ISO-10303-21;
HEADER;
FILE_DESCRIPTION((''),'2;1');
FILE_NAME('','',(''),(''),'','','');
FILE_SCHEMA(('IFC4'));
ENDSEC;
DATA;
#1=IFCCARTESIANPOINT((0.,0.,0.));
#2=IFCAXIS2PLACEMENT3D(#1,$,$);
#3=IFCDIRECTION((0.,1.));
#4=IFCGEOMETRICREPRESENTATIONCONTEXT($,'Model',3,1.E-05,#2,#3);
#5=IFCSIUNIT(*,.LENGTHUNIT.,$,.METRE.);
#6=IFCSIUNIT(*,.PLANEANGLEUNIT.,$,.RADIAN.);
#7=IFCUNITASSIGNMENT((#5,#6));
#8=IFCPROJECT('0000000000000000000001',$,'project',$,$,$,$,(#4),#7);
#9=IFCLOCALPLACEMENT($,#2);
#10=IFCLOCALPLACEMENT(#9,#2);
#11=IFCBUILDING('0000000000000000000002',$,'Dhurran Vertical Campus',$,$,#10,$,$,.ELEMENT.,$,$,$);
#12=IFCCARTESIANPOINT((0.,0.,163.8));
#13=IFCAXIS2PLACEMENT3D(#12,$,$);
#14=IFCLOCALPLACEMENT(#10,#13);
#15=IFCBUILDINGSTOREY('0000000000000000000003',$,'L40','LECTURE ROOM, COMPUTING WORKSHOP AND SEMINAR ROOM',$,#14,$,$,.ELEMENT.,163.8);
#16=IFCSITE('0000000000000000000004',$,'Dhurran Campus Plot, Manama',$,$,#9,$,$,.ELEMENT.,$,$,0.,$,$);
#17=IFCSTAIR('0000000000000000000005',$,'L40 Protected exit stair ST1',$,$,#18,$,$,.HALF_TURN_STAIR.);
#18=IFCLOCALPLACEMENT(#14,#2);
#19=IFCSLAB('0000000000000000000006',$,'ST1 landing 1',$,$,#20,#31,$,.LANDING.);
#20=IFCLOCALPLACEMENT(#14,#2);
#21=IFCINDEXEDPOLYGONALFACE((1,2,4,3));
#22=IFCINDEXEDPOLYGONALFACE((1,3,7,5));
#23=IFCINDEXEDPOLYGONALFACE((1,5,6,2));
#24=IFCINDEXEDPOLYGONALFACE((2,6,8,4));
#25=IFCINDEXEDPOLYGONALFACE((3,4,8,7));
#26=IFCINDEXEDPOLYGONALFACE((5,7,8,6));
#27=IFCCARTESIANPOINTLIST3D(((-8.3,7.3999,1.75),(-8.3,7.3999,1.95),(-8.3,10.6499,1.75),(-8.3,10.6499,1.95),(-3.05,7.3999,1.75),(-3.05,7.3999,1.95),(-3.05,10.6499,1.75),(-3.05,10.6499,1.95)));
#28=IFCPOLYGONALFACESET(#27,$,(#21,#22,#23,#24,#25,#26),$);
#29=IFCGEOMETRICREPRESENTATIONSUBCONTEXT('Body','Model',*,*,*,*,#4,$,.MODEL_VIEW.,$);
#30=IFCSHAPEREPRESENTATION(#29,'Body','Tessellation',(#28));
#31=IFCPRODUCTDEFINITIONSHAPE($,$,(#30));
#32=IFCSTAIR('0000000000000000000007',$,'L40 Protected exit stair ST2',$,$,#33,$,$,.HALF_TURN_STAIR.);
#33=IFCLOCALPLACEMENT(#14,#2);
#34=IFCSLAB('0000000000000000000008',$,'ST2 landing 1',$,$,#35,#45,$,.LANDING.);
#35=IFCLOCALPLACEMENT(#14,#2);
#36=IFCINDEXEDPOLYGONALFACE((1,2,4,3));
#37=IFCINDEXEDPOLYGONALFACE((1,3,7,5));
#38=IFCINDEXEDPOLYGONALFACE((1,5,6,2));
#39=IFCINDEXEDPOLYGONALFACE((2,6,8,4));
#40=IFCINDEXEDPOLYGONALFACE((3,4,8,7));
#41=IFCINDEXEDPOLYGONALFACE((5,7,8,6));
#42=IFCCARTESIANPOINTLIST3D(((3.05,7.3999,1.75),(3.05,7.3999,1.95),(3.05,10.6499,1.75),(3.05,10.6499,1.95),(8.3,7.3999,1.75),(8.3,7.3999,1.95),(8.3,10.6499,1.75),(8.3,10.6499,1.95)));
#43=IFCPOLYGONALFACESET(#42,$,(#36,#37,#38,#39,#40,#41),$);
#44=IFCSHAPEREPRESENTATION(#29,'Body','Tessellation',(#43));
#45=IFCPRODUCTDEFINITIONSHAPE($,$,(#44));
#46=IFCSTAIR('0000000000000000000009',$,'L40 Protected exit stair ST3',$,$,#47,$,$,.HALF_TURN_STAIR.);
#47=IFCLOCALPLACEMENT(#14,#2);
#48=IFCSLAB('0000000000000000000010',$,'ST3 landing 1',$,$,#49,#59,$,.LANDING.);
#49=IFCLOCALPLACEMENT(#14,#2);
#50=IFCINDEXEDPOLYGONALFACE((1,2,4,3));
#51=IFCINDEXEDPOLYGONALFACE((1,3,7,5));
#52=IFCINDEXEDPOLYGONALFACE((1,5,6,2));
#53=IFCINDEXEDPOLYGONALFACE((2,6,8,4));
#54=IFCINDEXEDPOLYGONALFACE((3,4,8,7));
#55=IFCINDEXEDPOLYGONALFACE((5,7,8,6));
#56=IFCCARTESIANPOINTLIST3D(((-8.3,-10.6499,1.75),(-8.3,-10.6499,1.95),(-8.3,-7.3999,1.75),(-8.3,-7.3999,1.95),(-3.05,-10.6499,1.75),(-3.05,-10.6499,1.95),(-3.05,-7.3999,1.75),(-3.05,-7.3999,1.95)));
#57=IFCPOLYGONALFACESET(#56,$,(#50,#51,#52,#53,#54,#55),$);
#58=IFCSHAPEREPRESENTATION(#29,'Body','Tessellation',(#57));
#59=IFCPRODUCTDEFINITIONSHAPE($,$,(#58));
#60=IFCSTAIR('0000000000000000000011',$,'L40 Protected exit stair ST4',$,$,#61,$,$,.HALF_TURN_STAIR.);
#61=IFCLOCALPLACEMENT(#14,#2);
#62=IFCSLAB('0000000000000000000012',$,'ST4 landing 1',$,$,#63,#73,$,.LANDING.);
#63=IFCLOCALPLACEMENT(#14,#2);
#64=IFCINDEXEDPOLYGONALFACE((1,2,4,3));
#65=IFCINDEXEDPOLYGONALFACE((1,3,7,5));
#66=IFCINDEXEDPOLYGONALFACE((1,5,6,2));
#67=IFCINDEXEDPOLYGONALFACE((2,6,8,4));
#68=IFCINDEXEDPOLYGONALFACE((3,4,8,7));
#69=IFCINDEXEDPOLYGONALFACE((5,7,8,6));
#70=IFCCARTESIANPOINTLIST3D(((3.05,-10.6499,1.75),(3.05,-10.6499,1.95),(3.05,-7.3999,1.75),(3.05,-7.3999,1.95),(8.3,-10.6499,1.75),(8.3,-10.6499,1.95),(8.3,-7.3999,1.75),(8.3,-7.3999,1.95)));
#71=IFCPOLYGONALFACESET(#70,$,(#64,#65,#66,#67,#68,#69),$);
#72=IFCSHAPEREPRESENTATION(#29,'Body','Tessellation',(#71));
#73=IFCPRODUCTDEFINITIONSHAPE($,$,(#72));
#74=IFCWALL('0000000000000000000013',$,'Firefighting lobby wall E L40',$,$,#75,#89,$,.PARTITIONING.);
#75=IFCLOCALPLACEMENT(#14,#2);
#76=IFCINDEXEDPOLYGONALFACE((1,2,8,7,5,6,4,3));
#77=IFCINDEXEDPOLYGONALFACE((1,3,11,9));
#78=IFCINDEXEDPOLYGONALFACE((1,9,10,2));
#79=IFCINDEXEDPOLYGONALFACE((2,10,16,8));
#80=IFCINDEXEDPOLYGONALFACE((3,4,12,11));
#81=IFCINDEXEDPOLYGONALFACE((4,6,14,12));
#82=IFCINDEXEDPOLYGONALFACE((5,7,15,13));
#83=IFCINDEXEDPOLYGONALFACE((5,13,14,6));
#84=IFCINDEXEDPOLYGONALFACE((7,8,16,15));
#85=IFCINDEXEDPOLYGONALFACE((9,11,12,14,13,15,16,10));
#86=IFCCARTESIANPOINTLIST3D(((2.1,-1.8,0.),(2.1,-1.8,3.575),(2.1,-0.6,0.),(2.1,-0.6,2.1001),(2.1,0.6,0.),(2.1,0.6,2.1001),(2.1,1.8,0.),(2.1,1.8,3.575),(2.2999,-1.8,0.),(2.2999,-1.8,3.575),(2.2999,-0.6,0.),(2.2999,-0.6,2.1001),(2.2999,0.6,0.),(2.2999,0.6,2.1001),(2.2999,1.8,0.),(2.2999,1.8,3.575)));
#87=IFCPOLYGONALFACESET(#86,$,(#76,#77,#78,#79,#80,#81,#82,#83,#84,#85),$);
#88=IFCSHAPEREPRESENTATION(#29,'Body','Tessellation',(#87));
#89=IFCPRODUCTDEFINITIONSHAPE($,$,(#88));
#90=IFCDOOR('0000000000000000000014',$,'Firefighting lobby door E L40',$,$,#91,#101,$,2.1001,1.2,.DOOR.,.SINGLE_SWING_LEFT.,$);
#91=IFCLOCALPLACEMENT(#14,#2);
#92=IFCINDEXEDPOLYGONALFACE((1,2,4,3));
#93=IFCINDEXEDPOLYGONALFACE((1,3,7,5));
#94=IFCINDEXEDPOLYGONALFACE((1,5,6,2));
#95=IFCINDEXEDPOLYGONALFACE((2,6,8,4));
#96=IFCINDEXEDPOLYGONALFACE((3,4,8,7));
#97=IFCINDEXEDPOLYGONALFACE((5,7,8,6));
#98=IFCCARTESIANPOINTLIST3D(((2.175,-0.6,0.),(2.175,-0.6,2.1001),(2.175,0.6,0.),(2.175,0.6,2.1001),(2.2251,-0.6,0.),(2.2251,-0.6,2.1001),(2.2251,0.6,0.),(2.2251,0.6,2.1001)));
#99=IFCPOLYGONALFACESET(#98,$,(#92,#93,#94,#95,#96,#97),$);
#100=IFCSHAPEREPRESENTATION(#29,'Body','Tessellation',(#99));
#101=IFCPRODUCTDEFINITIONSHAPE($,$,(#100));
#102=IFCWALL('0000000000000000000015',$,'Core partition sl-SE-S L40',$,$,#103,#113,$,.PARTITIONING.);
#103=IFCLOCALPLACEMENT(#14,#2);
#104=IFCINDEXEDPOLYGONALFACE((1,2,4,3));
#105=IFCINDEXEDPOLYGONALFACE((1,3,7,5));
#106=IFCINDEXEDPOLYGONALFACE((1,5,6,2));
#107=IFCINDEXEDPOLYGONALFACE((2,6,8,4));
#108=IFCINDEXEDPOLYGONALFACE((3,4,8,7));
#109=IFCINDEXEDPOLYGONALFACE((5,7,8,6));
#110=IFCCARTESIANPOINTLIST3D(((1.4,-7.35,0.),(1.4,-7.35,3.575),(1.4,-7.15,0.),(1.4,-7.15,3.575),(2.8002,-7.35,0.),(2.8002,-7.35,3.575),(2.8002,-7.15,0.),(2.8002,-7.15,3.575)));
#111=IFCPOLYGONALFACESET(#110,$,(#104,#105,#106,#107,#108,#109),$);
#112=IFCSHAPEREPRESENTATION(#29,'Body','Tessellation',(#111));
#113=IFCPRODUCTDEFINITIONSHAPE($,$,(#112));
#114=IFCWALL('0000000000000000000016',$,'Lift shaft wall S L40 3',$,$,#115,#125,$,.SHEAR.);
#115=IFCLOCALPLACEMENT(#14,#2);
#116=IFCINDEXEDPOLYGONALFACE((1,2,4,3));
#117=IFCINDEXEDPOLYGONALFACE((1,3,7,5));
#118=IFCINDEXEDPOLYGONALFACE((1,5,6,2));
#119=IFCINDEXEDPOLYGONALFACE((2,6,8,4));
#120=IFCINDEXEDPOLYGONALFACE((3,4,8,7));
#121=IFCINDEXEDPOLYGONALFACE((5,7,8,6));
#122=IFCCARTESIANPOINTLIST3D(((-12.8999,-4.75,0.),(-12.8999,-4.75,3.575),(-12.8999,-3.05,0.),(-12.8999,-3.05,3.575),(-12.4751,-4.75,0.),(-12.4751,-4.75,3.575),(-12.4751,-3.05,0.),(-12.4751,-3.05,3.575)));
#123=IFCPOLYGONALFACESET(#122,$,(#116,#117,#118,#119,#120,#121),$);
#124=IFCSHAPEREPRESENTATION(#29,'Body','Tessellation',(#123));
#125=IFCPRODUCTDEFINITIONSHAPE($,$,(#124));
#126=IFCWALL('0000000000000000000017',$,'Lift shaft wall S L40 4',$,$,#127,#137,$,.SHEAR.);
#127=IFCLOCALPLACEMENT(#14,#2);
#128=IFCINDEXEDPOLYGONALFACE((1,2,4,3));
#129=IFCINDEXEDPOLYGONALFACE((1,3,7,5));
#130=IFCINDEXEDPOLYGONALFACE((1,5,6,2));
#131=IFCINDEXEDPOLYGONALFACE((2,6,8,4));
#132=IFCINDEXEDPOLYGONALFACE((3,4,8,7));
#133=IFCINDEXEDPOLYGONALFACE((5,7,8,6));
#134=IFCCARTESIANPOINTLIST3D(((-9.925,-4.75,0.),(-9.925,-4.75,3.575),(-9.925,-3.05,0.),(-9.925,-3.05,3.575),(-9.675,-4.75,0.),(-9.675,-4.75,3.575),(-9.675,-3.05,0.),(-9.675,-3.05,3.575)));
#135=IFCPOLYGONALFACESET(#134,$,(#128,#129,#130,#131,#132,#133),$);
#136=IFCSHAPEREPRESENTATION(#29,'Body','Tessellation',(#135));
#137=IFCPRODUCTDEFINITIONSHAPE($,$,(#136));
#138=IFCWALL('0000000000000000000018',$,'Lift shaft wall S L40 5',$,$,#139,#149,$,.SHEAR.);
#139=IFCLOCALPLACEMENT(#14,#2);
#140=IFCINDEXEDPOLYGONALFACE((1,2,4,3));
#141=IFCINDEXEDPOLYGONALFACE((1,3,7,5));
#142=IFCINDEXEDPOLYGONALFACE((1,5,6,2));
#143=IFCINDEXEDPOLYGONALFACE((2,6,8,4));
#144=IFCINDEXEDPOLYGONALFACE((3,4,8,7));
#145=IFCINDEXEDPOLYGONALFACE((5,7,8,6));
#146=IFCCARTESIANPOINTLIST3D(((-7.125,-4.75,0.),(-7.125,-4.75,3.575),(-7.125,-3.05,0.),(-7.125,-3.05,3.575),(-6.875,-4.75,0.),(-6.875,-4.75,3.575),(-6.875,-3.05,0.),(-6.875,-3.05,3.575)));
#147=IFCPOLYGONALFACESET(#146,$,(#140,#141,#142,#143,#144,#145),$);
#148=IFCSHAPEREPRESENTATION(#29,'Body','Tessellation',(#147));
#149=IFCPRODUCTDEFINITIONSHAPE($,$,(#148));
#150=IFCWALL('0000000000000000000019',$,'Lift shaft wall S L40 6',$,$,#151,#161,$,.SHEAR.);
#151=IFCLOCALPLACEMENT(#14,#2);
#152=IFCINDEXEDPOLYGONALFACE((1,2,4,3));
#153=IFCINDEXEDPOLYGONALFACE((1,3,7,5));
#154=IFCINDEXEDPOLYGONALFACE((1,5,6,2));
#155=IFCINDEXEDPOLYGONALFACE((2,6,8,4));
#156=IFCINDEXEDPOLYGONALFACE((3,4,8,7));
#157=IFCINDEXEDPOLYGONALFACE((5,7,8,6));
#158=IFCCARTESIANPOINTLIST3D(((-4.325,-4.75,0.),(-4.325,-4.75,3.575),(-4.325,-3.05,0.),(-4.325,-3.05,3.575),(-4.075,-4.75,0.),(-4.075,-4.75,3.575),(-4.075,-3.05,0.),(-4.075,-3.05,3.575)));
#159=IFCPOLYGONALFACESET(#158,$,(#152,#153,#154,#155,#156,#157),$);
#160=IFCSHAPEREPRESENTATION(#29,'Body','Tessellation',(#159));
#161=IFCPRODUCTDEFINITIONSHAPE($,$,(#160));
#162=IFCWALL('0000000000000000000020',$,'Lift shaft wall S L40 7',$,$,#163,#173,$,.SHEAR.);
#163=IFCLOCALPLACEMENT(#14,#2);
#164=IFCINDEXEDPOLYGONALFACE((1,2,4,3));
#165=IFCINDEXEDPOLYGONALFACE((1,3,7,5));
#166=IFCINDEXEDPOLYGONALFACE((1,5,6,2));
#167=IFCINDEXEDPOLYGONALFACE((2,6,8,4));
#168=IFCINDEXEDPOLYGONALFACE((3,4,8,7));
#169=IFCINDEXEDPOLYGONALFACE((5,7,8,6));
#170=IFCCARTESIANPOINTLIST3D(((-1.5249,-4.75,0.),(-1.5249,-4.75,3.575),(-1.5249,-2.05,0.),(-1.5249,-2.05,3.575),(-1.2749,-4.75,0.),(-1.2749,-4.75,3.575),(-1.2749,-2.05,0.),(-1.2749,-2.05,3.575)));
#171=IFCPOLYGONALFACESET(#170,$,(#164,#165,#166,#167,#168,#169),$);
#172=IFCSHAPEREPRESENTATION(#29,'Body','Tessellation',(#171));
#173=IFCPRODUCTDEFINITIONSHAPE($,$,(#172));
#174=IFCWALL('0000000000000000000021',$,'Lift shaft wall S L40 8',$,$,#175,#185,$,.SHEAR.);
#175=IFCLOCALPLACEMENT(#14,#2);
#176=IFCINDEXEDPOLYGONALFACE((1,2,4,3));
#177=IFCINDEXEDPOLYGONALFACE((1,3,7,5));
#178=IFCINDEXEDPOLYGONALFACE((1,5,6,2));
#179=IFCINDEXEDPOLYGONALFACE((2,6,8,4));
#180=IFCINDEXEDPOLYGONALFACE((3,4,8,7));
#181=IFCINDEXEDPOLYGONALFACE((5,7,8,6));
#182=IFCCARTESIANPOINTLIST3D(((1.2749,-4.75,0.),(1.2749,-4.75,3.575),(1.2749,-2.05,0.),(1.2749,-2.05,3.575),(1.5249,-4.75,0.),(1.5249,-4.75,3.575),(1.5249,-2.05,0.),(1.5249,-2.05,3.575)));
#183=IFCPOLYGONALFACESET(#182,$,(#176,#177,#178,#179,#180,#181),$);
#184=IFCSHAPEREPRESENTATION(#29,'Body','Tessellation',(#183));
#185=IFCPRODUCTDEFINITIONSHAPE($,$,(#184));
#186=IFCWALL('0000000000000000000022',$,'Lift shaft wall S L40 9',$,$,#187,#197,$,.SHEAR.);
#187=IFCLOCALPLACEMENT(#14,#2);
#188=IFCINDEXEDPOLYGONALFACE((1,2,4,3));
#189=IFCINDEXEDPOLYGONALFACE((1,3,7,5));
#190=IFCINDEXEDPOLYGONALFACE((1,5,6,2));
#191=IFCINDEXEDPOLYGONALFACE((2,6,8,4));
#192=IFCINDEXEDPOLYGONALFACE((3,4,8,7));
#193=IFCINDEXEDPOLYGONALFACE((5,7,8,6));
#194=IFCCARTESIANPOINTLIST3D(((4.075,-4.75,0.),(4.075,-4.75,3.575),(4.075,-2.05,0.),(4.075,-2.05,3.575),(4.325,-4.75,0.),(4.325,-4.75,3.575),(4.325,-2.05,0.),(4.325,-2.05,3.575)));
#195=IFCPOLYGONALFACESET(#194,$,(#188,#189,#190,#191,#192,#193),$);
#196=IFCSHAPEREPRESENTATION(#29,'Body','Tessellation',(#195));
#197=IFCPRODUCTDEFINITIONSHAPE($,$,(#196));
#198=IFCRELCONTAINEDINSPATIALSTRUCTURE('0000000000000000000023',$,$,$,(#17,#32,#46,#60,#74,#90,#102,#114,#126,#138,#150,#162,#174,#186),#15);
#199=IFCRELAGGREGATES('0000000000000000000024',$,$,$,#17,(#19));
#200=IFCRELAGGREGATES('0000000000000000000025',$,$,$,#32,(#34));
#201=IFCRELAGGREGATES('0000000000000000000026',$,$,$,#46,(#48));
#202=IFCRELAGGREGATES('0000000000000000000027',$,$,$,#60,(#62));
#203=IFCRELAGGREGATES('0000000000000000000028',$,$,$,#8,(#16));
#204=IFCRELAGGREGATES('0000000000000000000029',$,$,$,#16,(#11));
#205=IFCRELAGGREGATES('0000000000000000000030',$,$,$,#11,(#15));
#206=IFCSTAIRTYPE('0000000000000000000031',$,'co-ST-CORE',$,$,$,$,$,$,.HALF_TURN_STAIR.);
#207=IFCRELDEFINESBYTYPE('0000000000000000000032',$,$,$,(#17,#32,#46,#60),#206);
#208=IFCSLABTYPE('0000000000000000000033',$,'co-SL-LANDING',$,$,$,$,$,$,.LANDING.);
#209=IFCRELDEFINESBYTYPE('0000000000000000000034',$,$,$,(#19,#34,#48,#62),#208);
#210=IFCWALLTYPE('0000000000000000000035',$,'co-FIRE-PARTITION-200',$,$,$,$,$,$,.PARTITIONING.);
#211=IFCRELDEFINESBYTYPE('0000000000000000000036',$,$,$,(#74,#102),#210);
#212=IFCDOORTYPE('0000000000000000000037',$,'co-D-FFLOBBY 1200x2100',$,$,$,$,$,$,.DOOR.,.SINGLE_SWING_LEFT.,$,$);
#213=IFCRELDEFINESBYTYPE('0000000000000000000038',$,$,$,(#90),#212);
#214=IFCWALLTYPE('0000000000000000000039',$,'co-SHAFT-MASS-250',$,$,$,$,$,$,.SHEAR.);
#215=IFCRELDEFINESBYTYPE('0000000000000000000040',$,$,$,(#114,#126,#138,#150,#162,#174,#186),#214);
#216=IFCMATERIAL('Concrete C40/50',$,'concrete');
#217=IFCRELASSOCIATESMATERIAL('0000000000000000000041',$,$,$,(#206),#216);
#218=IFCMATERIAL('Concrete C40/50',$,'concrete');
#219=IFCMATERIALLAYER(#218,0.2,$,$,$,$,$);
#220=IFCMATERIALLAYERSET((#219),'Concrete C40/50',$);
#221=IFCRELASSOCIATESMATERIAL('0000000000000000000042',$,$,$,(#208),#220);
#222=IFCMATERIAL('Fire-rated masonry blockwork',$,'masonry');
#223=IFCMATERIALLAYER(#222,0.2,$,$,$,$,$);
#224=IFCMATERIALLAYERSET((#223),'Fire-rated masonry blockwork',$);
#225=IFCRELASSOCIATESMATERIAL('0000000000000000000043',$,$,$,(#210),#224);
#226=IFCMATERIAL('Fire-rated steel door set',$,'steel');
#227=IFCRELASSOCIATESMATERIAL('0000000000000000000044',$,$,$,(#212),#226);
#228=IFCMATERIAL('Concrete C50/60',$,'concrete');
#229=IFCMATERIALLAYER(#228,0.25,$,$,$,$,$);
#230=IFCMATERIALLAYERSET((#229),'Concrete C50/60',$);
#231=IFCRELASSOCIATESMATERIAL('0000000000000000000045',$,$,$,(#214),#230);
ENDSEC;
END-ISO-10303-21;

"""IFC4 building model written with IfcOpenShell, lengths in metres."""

from ifc_helpers import new_model, si_unit, direction, frame, frame_2d, origin, place, context, subcontext, project, spatial, polyline, rectangle, outline, extrude, material, layer, layer_set, type_object, element, fill, aggregate, save


model = new_model("IFC4")

# Units and contexts
model_context = context("Model", 3, precision=1e-05, world=origin(), true_north=direction((0.0, 1.0)))
body_context = subcontext(model_context, "Body", "Model", "MODEL_VIEW")
ifc_project = project(units=[si_unit("LENGTHUNIT", "METRE"), si_unit("PLANEANGLEUNIT", "RADIAN")], contexts=[model_context])

# Site, building, storey
site_placement = place(None, origin())
site = spatial("IfcSite", under=ifc_project, at=site_placement, Name="Dhurran Campus Plot, Manama", CompositionType="ELEMENT", RefElevation=0.0)
building_placement = place(site_placement, origin())
building = spatial("IfcBuilding", under=site, at=building_placement, Name="Dhurran Vertical Campus", CompositionType="ELEMENT")
storey_placement = place(building_placement, frame((0.0, 0.0, 163.8)))
storey = spatial("IfcBuildingStorey", under=building, at=storey_placement, Name="L40", Description="LECTURE ROOM, COMPUTING WORKSHOP AND SEMINAR ROOM", CompositionType="ELEMENT", Elevation=163.8)

# Stairs, slabs
ifc_material_1 = material(Name="Concrete C40/50", Category="concrete")
stair_type = type_object("IfcStairType", Name="co-ST-CORE", PredefinedType="HALF_TURN_STAIR", material=ifc_material_1)
stair_1_placement = place(storey_placement, origin())
stair_1 = element("IfcStair", 1, at=stair_1_placement, inside=storey, type_object=stair_type, Name="L40 Protected exit stair ST1", PredefinedType="HALF_TURN_STAIR")
ifc_material_2 = material(Name="Concrete C40/50", Category="concrete")
ifc_layer_1 = layer(ifc_material_2, 0.2)
ifc_layer_set_1 = layer_set([ifc_layer_1], Name="Concrete C40/50")
slab_type = type_object("IfcSlabType", Name="co-SL-LANDING", PredefinedType="LANDING", material=ifc_layer_set_1)
slab_1_placement = place(storey_placement, frame((0.0, 0.0, 1.75)))
slab_1 = element("IfcSlab", 2, at=slab_1_placement, type_object=slab_type, Name="ST1 landing 1", PredefinedType="LANDING", context=body_context, shape_type="SweptSolid", body=[
    extrude(outline(polyline([(-8.3, 7.3999), (-3.05, 7.3999), (-3.05, 10.6499), (-8.3, 10.6499), (-8.3, 7.3999)])), origin(), (0.0, 0.0, 1.0), 0.2),
])
aggregate(stair_1, [slab_1])
stair_2_placement = place(storey_placement, origin())
stair_2 = element("IfcStair", 3, at=stair_2_placement, inside=storey, type_object=stair_type, Name="L40 Protected exit stair ST2", PredefinedType="HALF_TURN_STAIR")
slab_2_placement = place(storey_placement, frame((0.0, 0.0, 1.75)))
slab_2 = element("IfcSlab", 4, at=slab_2_placement, type_object=slab_type, Name="ST2 landing 1", PredefinedType="LANDING", context=body_context, shape_type="SweptSolid", body=[
    extrude(outline(polyline([(8.3, 10.6499), (3.05, 10.6499), (3.05, 7.3999), (8.3, 7.3999), (8.3, 10.6499)])), origin(), (0.0, 0.0, 1.0), 0.2),
])
aggregate(stair_2, [slab_2])
stair_3_placement = place(storey_placement, origin())
stair_3 = element("IfcStair", 5, at=stair_3_placement, inside=storey, type_object=stair_type, Name="L40 Protected exit stair ST3", PredefinedType="HALF_TURN_STAIR")
slab_3_placement = place(storey_placement, frame((0.0, 0.0, 1.75)))
slab_3 = element("IfcSlab", 6, at=slab_3_placement, type_object=slab_type, Name="ST3 landing 1", PredefinedType="LANDING", context=body_context, shape_type="SweptSolid", body=[
    extrude(outline(polyline([(-8.3, -10.6499), (-3.05, -10.6499), (-3.05, -7.3999), (-8.3, -7.3999), (-8.3, -10.6499)])), origin(), (0.0, 0.0, 1.0), 0.2),
])
aggregate(stair_3, [slab_3])
stair_4_placement = place(storey_placement, origin())
stair_4 = element("IfcStair", 7, at=stair_4_placement, inside=storey, type_object=stair_type, Name="L40 Protected exit stair ST4", PredefinedType="HALF_TURN_STAIR")
slab_4_placement = place(storey_placement, frame((0.0, 0.0, 1.75)))
slab_4 = element("IfcSlab", 8, at=slab_4_placement, type_object=slab_type, Name="ST4 landing 1", PredefinedType="LANDING", context=body_context, shape_type="SweptSolid", body=[
    extrude(outline(polyline([(8.3, -7.3999), (3.05, -7.3999), (3.05, -10.6499), (8.3, -10.6499), (8.3, -7.3999)])), origin(), (0.0, 0.0, 1.0), 0.2),
])
aggregate(stair_4, [slab_4])

# Wall, opening, door
ifc_material_3 = material(Name="Fire-rated masonry blockwork", Category="masonry")
ifc_layer_2 = layer(ifc_material_3, 0.2)
ifc_layer_set_2 = layer_set([ifc_layer_2], Name="Fire-rated masonry blockwork")
wall_type_1 = type_object("IfcWallType", Name="co-FIRE-PARTITION-200", PredefinedType="PARTITIONING", material=ifc_layer_set_2)
wall_1_placement = place(storey_placement, frame((2.2, -1.8, 0.0), z_axis=(0.0, 0.0, 1.0), x_axis=(0.0, 1.0, 0.0)))
wall_1 = element("IfcWall", 9, at=wall_1_placement, inside=storey, type_object=wall_type_1, Name="Firefighting lobby wall E L40", PredefinedType="PARTITIONING", context=body_context, shape_type="SweptSolid", body=[
    extrude(rectangle(XDim=3.6001, YDim=0.2, at=frame_2d((1.8, 0.0))), origin(), (0.0, 0.0, 1.0), 3.575),
])
opening_1_placement = place(wall_1_placement, frame((1.2, 0.0, 0.0)))
opening_1 = element("IfcOpeningElement", 10, at=opening_1_placement, cuts=wall_1, PredefinedType="OPENING", context=body_context, shape_type="SweptSolid", body=[
    extrude(rectangle(XDim=1.2, YDim=2.1001, at=frame_2d((0.6001, 1.05))), frame((0.0, 0.1099, 0.0), z_axis=(0.0, -1.0, 0.0), x_axis=(1.0, 0.0, 0.0)), (0.0, 0.0, 1.0), 0.22),
])
ifc_material_4 = material(Name="Fire-rated steel door set", Category="steel")
door_type_1 = type_object("IfcDoorType", Name="co-D-FFLOBBY 1200x2100", OperationType="SINGLE_SWING_LEFT", PredefinedType="DOOR", material=ifc_material_4)
door_1_placement = place(opening_1_placement, origin())
door_1 = element("IfcDoor", 11, at=door_1_placement, inside=storey, type_object=door_type_1, Name="Firefighting lobby door E L40", OperationType="SINGLE_SWING_LEFT", OverallHeight=2.1001, OverallWidth=1.2, PredefinedType="DOOR", context=body_context, shape_type="SweptSolid", body=[
    extrude(rectangle(XDim=1.2, YDim=2.1001, at=frame_2d((0.6001, 1.05))), frame((0.0, 0.0249, 0.0), z_axis=(0.0, -1.0, 0.0), x_axis=(1.0, 0.0, 0.0)), (0.0, 0.0, 1.0), 0.05),
])
fill(opening_1, door_1)

# Walls
wall_2_placement = place(storey_placement, frame((1.3999, -7.25, 0.0), z_axis=(0.0, 0.0, 1.0), x_axis=(1.0, 0.0, 0.0)))
element("IfcWall", 12, at=wall_2_placement, inside=storey, type_object=wall_type_1, Name="Core partition sl-SE-S L40", PredefinedType="PARTITIONING", context=body_context, shape_type="SweptSolid", body=[
    extrude(rectangle(XDim=1.4001, YDim=0.2, at=frame_2d((0.7002, 0.0))), origin(), (0.0, 0.0, 1.0), 3.575),
])
ifc_material_5 = material(Name="Concrete C50/60", Category="concrete")
ifc_layer_3 = layer(ifc_material_5, 0.25)
ifc_layer_set_3 = layer_set([ifc_layer_3], Name="Concrete C50/60")
wall_type_2 = type_object("IfcWallType", Name="co-SHAFT-MASS-250", PredefinedType="SHEAR", material=ifc_layer_set_3)
wall_3_placement = place(storey_placement, origin())
element("IfcWall", 13, at=wall_3_placement, inside=storey, type_object=wall_type_2, Name="Lift shaft wall S L40 3", PredefinedType="SHEAR", context=body_context, shape_type="SweptSolid", body=[
    extrude(outline(polyline([(-12.8999, -4.75), (-12.4751, -4.75), (-12.4751, -3.05), (-12.8999, -3.05), (-12.8999, -4.75)])), origin(), (0.0, 0.0, 1.0), 3.575),
])
wall_4_placement = place(storey_placement, origin())
element("IfcWall", 14, at=wall_4_placement, inside=storey, type_object=wall_type_2, Name="Lift shaft wall S L40 4", PredefinedType="SHEAR", context=body_context, shape_type="SweptSolid", body=[
    extrude(outline(polyline([(-9.925, -4.75), (-9.675, -4.75), (-9.675, -3.05), (-9.925, -3.05), (-9.925, -4.75)])), origin(), (0.0, 0.0, 1.0), 3.575),
])
wall_5_placement = place(storey_placement, origin())
element("IfcWall", 15, at=wall_5_placement, inside=storey, type_object=wall_type_2, Name="Lift shaft wall S L40 5", PredefinedType="SHEAR", context=body_context, shape_type="SweptSolid", body=[
    extrude(outline(polyline([(-7.125, -4.75), (-6.875, -4.75), (-6.875, -3.05), (-7.125, -3.05), (-7.125, -4.75)])), origin(), (0.0, 0.0, 1.0), 3.575),
])
wall_6_placement = place(storey_placement, origin())
element("IfcWall", 16, at=wall_6_placement, inside=storey, type_object=wall_type_2, Name="Lift shaft wall S L40 6", PredefinedType="SHEAR", context=body_context, shape_type="SweptSolid", body=[
    extrude(outline(polyline([(-4.325, -4.75), (-4.075, -4.75), (-4.075, -3.05), (-4.325, -3.05), (-4.325, -4.75)])), origin(), (0.0, 0.0, 1.0), 3.575),
])
wall_7_placement = place(storey_placement, origin())
element("IfcWall", 17, at=wall_7_placement, inside=storey, type_object=wall_type_2, Name="Lift shaft wall S L40 7", PredefinedType="SHEAR", context=body_context, shape_type="SweptSolid", body=[
    extrude(outline(polyline([(-1.5249, -4.75), (-1.2749, -4.75), (-1.2749, -2.05), (-1.5249, -2.05), (-1.5249, -4.75)])), origin(), (0.0, 0.0, 1.0), 3.575),
])
wall_8_placement = place(storey_placement, origin())
element("IfcWall", 18, at=wall_8_placement, inside=storey, type_object=wall_type_2, Name="Lift shaft wall S L40 8", PredefinedType="SHEAR", context=body_context, shape_type="SweptSolid", body=[
    extrude(outline(polyline([(1.2749, -4.75), (1.5249, -4.75), (1.5249, -2.05), (1.2749, -2.05), (1.2749, -4.75)])), origin(), (0.0, 0.0, 1.0), 3.575),
])
wall_9_placement = place(storey_placement, origin())
element("IfcWall", 19, at=wall_9_placement, inside=storey, type_object=wall_type_2, Name="Lift shaft wall S L40 9", PredefinedType="SHEAR", context=body_context, shape_type="SweptSolid", body=[
    extrude(outline(polyline([(4.075, -4.75), (4.325, -4.75), (4.325, -2.05), (4.075, -2.05), (4.075, -4.75)])), origin(), (0.0, 0.0, 1.0), 3.575),
])

save(model, "model.ifc")
